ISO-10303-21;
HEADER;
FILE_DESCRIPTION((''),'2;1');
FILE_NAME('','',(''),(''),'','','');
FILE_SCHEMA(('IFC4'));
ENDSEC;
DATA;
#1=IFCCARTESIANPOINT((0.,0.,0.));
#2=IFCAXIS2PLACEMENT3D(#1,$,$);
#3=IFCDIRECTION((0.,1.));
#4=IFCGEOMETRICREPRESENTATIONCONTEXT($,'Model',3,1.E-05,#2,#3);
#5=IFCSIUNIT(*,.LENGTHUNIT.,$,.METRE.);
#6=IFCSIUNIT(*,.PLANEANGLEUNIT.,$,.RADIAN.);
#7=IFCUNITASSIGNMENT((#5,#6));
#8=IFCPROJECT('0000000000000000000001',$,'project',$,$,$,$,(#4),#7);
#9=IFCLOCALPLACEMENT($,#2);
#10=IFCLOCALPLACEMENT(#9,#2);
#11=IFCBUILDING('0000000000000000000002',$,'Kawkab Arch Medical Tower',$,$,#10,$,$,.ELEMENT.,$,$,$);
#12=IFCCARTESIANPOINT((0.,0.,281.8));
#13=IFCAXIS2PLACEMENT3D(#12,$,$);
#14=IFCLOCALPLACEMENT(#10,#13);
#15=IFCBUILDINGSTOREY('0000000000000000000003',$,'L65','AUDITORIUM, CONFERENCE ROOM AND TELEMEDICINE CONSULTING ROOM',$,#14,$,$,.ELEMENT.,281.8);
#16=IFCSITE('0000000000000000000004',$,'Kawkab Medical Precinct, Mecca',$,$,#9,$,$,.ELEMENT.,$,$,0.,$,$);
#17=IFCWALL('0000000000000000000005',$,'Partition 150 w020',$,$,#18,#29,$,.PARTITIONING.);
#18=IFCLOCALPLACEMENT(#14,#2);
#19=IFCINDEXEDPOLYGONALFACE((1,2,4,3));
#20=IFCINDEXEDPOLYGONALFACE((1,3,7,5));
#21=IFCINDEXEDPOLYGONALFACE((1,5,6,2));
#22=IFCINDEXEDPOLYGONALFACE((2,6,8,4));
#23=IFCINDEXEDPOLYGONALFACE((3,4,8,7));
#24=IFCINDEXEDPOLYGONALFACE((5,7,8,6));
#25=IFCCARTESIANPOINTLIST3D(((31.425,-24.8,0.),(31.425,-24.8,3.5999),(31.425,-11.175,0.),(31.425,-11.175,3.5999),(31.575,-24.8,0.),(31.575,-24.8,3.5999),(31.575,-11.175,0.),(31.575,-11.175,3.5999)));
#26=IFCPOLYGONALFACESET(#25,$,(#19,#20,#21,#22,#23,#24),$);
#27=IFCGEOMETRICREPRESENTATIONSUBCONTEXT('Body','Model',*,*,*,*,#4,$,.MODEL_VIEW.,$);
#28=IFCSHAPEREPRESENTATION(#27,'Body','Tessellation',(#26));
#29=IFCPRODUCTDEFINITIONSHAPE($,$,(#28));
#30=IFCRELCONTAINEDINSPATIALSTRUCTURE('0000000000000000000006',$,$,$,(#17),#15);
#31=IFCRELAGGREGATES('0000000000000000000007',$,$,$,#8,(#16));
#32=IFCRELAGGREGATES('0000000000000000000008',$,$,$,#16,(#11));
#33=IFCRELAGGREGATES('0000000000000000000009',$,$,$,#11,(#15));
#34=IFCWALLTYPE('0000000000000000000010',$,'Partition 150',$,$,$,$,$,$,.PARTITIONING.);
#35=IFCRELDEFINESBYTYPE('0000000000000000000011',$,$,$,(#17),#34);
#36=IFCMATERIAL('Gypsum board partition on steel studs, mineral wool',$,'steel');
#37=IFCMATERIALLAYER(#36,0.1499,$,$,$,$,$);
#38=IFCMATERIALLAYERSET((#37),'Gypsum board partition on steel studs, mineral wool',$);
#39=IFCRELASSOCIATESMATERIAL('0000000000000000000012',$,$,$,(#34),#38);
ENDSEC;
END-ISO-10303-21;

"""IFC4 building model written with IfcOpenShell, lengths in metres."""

from ifc_helpers import new_model, si_unit, direction, frame, frame_2d, origin, place, context, subcontext, project, spatial, rectangle, extrude, material, layer, layer_set, type_object, element, save


model = new_model("IFC4")

# Units and contexts
model_context = context("Model", 3, precision=1e-05, world=origin(), true_north=direction((0.0, 1.0)))
body_context = subcontext(model_context, "Body", "Model", "MODEL_VIEW")
ifc_project = project(units=[si_unit("LENGTHUNIT", "METRE"), si_unit("PLANEANGLEUNIT", "RADIAN")], contexts=[model_context])

# Site, building, storey
site_placement = place(None, origin())
site = spatial("IfcSite", under=ifc_project, at=site_placement, Name="Kawkab Medical Precinct, Mecca", CompositionType="ELEMENT", RefElevation=0.0)
building_placement = place(site_placement, origin())
building = spatial("IfcBuilding", under=site, at=building_placement, Name="Kawkab Arch Medical Tower", CompositionType="ELEMENT")
storey_placement = place(building_placement, frame((0.0, 0.0, 281.8)))
storey = spatial("IfcBuildingStorey", under=building, at=storey_placement, Name="L65", Description="AUDITORIUM, CONFERENCE ROOM AND TELEMEDICINE CONSULTING ROOM", CompositionType="ELEMENT", Elevation=281.8)

# Shared definitions
ifc_material_1 = material(Name="Gypsum board partition on steel studs, mineral wool", Category="steel")
ifc_layer_1 = layer(ifc_material_1, 0.1499)
ifc_layer_set_1 = layer_set([ifc_layer_1], Name="Gypsum board partition on steel studs, mineral wool")
wall_type_1 = type_object("IfcWallType", Name="Partition 150", PredefinedType="PARTITIONING", material=ifc_layer_set_1)

# Wall
wall_1_placement = place(storey_placement, frame((31.5, -24.8, 0.0), z_axis=(0.0, 0.0, 1.0), x_axis=(0.0, 1.0, 0.0)))
element("IfcWall", 1, at=wall_1_placement, inside=storey, type_object=wall_type_1, Name="Partition 150 w020", PredefinedType="PARTITIONING", context=body_context, shape_type="SweptSolid", body=[
    extrude(rectangle(XDim=13.625, YDim=0.1499, at=frame_2d((6.8125, 0.0))), origin(), (0.0, 0.0, 1.0), 3.5999),
])

save(model, "model.ifc")
